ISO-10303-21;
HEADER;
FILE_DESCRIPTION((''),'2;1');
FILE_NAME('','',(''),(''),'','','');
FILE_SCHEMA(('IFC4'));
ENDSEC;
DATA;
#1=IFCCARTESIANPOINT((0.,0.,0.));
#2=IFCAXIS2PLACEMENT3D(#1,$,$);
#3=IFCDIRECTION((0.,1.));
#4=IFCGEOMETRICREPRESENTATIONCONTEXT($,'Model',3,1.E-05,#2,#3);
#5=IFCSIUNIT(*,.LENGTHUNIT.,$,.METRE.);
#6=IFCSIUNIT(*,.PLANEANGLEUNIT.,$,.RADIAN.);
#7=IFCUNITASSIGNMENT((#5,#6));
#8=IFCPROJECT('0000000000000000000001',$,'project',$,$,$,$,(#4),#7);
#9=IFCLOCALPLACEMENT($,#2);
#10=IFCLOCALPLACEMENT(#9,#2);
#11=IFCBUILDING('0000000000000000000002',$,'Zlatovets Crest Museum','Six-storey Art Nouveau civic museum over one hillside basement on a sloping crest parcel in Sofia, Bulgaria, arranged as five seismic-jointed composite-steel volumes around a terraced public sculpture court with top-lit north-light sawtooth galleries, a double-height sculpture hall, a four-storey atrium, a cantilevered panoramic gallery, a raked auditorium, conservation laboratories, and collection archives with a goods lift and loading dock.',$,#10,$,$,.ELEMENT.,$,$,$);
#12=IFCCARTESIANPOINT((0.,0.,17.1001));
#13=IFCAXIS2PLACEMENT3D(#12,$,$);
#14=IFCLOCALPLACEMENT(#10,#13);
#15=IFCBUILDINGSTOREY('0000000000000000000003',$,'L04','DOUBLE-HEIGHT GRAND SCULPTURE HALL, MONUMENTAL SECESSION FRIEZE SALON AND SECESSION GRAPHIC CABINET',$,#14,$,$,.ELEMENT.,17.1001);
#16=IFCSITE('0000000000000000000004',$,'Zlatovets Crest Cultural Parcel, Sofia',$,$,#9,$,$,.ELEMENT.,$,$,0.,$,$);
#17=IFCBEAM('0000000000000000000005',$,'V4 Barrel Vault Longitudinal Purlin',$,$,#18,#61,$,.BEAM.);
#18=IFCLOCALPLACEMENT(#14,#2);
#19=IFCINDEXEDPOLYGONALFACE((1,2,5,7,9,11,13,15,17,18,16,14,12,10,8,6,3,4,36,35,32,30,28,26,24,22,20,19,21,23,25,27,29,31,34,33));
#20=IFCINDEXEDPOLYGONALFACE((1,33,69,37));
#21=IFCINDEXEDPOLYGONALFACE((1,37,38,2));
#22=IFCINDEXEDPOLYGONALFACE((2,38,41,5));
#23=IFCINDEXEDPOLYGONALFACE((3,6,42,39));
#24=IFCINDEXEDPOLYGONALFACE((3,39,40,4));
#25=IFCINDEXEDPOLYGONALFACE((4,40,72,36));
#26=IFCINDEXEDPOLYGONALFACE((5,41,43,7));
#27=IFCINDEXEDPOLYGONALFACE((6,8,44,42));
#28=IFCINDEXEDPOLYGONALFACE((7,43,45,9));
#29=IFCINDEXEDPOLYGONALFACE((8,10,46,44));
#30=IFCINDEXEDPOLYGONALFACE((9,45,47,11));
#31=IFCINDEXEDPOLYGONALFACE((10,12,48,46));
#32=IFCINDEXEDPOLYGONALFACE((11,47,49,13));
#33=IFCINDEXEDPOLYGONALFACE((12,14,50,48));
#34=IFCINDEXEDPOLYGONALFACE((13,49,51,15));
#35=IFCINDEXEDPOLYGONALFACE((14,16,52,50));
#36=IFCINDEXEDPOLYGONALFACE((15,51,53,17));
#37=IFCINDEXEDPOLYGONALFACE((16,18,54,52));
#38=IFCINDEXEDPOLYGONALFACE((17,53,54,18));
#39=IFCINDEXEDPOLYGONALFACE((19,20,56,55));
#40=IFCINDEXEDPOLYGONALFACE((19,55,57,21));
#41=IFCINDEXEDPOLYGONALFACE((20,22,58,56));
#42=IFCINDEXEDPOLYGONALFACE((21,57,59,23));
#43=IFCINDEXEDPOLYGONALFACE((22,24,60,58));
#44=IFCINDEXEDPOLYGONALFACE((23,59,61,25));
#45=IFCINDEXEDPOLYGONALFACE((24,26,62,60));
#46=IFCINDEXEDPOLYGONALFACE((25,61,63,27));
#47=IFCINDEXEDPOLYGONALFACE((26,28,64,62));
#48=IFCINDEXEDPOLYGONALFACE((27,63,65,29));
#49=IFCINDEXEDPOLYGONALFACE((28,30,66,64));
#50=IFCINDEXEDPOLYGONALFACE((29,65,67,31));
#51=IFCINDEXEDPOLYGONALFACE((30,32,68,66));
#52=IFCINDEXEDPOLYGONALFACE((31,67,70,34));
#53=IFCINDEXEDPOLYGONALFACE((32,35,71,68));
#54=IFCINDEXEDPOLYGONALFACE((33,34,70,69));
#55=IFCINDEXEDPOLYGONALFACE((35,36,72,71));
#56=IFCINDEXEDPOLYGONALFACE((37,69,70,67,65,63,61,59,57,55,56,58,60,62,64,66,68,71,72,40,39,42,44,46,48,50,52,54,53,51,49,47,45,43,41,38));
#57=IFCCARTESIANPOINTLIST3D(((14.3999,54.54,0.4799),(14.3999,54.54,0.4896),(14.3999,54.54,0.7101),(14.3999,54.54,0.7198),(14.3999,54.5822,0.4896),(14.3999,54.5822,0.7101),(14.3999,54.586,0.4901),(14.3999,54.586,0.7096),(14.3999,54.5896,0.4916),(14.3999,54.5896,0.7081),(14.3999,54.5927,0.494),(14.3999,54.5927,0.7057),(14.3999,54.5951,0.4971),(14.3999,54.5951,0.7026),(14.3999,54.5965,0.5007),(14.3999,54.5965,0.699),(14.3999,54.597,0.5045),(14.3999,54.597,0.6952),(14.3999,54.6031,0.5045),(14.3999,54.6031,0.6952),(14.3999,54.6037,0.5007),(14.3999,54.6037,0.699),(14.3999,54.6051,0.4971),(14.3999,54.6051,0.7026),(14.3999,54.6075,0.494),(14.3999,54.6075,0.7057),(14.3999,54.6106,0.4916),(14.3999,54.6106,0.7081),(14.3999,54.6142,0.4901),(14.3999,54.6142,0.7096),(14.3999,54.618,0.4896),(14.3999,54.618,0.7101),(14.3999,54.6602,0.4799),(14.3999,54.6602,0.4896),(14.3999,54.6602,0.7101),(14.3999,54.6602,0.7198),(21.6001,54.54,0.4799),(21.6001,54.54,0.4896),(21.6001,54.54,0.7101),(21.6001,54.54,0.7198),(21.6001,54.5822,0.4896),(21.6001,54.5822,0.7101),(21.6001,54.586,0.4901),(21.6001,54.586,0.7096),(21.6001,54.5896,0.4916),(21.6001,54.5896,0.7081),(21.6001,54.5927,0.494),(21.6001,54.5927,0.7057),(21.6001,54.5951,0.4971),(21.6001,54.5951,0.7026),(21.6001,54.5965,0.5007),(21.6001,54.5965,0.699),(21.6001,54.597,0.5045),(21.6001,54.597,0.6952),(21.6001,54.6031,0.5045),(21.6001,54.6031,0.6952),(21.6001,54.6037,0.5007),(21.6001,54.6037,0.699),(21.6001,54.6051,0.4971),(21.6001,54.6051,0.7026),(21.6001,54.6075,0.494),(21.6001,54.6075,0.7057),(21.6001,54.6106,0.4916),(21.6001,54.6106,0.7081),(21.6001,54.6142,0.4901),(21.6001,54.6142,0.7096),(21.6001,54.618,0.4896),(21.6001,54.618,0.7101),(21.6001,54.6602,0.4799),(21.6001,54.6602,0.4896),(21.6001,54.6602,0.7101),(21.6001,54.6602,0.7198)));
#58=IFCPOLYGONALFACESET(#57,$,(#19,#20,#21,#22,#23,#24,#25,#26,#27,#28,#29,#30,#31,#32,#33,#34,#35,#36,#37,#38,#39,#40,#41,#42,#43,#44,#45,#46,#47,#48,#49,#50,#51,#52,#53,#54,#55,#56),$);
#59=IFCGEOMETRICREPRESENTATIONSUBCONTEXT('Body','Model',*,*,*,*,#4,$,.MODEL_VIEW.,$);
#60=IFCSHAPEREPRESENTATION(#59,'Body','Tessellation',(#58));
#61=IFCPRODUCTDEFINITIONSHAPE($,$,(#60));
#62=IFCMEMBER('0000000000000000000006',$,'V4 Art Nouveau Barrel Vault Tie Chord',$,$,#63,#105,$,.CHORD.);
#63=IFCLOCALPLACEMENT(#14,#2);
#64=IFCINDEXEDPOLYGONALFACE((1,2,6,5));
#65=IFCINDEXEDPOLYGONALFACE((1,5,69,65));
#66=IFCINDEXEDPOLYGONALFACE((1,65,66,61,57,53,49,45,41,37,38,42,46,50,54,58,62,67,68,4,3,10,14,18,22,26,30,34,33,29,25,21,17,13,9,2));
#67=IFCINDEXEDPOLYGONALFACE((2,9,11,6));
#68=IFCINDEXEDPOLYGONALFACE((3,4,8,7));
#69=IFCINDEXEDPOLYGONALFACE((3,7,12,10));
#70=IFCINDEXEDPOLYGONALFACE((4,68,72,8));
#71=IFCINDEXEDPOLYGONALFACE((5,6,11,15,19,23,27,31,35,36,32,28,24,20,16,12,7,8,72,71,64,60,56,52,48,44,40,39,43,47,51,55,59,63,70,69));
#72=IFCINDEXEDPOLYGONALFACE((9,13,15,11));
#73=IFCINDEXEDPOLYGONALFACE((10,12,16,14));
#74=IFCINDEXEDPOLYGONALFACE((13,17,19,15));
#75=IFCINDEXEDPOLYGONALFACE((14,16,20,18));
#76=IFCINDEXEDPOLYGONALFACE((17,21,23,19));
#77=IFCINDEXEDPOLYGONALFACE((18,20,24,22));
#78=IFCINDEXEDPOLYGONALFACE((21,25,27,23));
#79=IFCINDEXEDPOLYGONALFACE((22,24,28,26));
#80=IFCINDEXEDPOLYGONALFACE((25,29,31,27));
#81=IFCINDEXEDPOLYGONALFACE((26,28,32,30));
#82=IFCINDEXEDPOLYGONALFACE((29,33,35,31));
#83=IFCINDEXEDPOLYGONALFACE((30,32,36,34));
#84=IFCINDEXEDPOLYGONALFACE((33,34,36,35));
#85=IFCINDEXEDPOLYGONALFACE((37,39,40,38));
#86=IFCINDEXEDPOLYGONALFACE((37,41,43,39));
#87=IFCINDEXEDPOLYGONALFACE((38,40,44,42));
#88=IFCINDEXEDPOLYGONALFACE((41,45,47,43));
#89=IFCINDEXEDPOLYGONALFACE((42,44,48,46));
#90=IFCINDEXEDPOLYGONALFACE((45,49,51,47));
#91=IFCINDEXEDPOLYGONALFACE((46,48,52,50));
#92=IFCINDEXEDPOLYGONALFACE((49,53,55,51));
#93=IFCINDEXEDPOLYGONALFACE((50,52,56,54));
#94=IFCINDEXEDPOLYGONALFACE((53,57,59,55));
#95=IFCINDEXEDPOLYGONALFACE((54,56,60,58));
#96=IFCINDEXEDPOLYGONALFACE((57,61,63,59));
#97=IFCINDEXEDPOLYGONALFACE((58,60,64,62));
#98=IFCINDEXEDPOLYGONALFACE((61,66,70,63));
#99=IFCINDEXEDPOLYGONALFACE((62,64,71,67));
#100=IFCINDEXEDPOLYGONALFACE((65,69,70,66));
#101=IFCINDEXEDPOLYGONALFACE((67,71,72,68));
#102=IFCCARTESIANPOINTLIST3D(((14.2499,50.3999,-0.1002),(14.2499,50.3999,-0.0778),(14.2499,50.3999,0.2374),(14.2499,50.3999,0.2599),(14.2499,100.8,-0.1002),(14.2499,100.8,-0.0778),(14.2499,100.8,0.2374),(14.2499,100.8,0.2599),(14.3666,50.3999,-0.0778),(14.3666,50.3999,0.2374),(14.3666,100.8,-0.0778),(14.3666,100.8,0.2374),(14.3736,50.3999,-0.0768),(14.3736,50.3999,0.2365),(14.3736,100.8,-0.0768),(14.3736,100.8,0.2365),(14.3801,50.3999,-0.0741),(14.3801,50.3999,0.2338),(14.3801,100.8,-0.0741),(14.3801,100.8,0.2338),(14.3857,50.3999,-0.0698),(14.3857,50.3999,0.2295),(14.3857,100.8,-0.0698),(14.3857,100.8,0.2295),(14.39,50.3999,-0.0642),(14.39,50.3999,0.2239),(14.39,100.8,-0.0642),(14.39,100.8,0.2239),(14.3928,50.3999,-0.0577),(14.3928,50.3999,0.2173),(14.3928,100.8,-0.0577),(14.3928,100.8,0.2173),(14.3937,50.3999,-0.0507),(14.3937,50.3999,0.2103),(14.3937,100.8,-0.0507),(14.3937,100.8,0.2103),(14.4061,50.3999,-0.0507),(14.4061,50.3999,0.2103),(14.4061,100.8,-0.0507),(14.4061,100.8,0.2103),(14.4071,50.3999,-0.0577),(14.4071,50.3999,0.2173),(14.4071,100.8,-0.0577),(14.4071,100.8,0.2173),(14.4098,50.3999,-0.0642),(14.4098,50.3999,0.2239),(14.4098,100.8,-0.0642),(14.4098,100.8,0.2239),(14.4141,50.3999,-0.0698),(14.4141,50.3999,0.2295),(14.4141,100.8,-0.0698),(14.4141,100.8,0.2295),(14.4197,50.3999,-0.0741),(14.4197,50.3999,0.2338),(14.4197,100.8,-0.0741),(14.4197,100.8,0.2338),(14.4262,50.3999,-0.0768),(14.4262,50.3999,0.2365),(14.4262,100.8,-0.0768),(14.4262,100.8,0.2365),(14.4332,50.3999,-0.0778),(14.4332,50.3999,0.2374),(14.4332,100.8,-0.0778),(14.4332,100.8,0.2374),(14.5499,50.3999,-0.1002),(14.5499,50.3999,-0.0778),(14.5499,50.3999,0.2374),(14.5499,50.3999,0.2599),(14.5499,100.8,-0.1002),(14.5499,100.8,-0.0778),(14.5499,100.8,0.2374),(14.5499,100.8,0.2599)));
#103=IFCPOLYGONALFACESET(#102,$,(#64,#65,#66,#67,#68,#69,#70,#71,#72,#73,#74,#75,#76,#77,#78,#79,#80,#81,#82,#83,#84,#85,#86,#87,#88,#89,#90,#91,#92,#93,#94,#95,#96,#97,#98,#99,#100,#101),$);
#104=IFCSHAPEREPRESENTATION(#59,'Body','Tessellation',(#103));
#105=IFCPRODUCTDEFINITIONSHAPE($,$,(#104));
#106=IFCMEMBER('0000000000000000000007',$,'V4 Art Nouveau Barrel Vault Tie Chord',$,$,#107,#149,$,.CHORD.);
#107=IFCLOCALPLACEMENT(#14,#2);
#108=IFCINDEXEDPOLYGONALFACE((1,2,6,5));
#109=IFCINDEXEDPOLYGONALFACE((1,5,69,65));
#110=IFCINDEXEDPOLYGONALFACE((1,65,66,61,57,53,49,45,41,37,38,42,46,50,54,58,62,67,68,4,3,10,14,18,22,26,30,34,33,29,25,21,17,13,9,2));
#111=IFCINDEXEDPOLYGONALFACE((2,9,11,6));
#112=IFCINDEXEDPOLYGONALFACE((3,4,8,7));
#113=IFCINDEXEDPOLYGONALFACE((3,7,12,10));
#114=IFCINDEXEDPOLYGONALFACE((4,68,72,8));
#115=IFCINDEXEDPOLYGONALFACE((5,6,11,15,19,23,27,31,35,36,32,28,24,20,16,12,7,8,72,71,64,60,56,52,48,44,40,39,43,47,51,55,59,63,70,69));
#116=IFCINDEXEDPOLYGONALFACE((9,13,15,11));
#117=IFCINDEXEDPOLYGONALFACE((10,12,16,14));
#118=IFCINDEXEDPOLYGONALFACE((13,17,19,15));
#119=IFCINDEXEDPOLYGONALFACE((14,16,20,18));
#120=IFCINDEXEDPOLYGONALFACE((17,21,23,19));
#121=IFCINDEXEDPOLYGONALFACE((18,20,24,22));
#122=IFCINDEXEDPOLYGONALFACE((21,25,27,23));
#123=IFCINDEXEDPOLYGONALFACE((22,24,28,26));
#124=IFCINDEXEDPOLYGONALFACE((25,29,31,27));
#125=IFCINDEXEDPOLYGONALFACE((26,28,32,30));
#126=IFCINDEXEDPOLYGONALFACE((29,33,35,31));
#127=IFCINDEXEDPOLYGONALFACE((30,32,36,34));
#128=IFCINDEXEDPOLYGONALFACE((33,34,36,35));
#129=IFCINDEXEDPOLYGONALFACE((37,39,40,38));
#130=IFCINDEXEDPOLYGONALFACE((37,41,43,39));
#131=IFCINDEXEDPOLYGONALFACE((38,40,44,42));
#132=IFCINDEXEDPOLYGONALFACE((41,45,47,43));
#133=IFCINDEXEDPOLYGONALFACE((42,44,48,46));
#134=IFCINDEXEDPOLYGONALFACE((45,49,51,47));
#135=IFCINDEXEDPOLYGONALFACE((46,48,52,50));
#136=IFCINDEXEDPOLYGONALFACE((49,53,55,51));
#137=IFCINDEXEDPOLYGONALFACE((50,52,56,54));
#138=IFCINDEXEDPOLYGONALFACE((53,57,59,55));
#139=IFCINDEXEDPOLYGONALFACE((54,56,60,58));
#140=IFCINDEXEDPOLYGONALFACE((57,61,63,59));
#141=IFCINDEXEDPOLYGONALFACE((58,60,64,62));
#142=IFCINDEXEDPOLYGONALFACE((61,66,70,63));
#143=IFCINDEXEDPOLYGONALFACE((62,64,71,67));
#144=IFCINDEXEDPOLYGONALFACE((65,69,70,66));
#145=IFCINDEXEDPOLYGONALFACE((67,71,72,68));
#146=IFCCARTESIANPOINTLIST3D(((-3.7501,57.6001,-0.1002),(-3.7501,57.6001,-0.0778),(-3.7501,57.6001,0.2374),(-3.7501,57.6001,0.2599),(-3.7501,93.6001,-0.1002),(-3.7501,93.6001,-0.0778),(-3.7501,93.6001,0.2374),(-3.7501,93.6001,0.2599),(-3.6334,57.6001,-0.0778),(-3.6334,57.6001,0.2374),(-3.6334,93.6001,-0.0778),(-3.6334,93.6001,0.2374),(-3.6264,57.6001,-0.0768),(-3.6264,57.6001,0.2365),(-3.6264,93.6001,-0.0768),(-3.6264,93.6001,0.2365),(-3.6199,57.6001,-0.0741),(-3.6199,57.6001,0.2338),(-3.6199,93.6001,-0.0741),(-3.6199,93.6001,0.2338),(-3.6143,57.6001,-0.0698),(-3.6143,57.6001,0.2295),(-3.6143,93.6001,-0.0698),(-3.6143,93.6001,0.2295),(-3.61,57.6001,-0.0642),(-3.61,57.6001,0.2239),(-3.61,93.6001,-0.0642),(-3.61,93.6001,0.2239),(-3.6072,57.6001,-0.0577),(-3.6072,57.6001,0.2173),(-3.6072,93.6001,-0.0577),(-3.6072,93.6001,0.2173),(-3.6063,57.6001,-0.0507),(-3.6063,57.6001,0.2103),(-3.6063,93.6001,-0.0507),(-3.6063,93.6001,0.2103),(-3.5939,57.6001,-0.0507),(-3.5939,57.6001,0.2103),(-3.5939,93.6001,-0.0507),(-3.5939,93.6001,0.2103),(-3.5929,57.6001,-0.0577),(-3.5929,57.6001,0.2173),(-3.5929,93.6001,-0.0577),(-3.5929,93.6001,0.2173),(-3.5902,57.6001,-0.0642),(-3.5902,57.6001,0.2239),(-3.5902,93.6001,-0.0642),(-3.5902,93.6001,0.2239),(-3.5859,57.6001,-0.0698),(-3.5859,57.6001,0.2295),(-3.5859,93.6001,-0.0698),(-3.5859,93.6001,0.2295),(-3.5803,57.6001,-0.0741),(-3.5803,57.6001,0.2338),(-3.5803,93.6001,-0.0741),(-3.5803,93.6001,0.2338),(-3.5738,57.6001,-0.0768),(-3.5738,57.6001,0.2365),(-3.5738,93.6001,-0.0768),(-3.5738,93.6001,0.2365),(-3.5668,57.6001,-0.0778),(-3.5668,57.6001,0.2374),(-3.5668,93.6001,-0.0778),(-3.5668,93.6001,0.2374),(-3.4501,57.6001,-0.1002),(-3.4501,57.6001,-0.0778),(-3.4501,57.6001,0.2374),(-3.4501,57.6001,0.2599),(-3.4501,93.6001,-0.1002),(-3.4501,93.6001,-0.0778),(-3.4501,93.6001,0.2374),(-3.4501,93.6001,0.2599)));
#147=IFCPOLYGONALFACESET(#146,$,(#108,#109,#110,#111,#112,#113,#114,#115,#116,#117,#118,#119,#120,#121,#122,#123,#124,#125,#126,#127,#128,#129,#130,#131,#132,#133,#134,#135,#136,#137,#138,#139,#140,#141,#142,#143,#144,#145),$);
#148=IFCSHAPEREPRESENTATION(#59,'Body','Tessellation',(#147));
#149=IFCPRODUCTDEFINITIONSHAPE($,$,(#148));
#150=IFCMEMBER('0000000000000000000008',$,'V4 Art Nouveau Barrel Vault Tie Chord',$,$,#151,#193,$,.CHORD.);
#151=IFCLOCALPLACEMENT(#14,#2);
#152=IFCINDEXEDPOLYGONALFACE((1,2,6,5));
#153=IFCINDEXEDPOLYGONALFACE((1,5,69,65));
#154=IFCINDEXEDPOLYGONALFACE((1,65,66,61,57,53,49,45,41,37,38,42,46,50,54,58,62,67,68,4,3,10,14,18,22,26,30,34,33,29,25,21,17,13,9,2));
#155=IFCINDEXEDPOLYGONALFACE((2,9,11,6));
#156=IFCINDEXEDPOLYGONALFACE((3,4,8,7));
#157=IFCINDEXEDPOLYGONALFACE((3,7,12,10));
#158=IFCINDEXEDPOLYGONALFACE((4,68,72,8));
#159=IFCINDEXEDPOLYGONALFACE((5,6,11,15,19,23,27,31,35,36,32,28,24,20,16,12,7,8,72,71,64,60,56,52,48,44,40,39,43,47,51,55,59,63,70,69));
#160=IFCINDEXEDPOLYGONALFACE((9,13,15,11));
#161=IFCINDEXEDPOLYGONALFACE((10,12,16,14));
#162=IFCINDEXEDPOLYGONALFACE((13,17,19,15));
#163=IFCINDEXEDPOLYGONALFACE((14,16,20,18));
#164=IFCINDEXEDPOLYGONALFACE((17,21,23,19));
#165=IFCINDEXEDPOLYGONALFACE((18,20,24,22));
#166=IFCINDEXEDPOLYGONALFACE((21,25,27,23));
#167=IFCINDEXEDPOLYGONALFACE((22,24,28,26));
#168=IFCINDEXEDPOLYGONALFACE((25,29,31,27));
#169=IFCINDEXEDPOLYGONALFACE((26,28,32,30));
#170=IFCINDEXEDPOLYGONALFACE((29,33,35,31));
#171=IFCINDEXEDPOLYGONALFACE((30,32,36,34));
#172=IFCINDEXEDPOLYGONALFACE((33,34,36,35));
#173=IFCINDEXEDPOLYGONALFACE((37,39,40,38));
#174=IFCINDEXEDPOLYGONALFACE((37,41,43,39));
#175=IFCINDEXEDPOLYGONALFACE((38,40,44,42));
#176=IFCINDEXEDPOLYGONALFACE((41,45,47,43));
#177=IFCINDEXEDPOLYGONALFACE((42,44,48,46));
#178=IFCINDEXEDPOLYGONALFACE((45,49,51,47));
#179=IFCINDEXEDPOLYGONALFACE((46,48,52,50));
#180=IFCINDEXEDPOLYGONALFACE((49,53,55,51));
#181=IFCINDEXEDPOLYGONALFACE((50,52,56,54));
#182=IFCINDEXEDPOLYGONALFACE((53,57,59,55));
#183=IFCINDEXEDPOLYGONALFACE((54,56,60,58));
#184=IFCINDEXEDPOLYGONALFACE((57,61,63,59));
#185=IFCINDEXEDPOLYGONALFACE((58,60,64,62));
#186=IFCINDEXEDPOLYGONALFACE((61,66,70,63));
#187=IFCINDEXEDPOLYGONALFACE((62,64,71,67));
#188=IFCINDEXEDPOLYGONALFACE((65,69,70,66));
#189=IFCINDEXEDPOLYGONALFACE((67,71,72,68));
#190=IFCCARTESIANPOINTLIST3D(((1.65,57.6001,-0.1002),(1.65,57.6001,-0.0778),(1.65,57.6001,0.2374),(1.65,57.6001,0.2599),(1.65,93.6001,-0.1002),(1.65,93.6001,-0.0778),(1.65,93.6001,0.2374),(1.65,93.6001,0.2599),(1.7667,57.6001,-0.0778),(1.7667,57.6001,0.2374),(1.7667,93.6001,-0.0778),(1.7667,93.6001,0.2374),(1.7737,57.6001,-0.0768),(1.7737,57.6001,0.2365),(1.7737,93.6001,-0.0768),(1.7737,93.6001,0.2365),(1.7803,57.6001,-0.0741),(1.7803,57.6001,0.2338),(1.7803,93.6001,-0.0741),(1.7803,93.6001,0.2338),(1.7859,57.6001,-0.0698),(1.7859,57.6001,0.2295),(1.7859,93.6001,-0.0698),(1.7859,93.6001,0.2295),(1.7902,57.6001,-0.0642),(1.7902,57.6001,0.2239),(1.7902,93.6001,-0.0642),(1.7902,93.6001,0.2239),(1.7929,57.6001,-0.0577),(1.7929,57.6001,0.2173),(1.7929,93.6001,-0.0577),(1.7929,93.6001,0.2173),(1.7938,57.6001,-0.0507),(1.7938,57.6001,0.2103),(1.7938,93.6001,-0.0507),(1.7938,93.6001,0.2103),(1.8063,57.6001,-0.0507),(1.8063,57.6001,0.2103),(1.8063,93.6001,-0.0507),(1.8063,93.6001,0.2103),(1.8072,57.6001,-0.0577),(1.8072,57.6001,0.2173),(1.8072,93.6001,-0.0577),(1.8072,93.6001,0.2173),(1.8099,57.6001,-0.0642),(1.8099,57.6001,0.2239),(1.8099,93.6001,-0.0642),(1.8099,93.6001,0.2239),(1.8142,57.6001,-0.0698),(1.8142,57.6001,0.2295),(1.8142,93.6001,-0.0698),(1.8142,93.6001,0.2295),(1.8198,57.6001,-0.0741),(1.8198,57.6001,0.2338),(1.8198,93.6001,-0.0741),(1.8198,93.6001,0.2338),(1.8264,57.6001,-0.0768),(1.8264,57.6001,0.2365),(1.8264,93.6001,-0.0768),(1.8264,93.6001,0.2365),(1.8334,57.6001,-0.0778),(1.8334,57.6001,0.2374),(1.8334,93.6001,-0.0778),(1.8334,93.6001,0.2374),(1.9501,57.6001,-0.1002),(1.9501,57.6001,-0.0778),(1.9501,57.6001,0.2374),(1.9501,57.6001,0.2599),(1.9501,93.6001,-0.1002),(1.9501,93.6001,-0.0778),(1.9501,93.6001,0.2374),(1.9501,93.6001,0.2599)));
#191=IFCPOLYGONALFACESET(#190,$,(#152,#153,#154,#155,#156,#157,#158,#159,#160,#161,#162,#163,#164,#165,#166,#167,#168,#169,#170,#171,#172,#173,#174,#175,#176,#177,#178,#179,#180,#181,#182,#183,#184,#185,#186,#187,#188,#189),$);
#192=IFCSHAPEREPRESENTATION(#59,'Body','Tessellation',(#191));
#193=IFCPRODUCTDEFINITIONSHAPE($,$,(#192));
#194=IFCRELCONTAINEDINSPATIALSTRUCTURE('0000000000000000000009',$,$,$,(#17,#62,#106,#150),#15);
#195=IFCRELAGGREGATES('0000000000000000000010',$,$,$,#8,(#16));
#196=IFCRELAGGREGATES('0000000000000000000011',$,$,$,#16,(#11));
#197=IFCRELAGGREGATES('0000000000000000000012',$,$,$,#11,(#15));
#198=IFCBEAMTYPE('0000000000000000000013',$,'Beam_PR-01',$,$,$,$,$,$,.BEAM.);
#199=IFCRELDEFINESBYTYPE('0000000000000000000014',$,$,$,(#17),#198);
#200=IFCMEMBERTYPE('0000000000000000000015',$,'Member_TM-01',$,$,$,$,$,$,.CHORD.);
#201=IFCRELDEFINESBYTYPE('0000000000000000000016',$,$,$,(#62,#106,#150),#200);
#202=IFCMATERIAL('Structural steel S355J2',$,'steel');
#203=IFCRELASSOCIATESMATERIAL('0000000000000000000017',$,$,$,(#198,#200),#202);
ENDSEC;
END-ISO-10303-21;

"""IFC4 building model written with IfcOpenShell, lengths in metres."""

from ifc_helpers import new_model, si_unit, direction, frame, origin, origin_2d, place, context, subcontext, project, spatial, i_section, extrude, material, material_profile, profile_set, type_object, element, save


model = new_model("IFC4")

# Units and contexts
model_context = context("Model", 3, precision=1e-05, world=origin(), true_north=direction((0.0, 1.0)))
body_context = subcontext(model_context, "Body", "Model", "MODEL_VIEW")
ifc_project = project(units=[si_unit("LENGTHUNIT", "METRE"), si_unit("PLANEANGLEUNIT", "RADIAN")], contexts=[model_context])

# Site, building, storey
site_placement = place(None, origin())
site = spatial("IfcSite", under=ifc_project, at=site_placement, Name="Zlatovets Crest Cultural Parcel, Sofia", CompositionType="ELEMENT", RefElevation=0.0)
building_placement = place(site_placement, origin())
building = spatial("IfcBuilding", under=site, at=building_placement, Name="Zlatovets Crest Museum", Description="Six-storey Art Nouveau civic museum over one hillside basement on a sloping crest parcel in Sofia, Bulgaria, arranged as five seismic-jointed composite-steel volumes around a terraced public sculpture court with top-lit north-light sawtooth galleries, a double-height sculpture hall, a four-storey atrium, a cantilevered panoramic gallery, a raked auditorium, conservation laboratories, and collection archives with a goods lift and loading dock.", CompositionType="ELEMENT")
storey_placement = place(building_placement, frame((0.0, 0.0, 17.1001)))
storey = spatial("IfcBuildingStorey", under=building, at=storey_placement, Name="L04", Description="DOUBLE-HEIGHT GRAND SCULPTURE HALL, MONUMENTAL SECESSION FRIEZE SALON AND SECESSION GRAPHIC CABINET", CompositionType="ELEMENT", Elevation=17.1001)

# Beam
ifc_material_1 = material(Name="Structural steel S355J2", Category="steel")
ifc_material_profile_1 = material_profile(ifc_material_1, i_section(OverallWidth=0.1201, OverallDepth=0.24, WebThickness=0.0061, FlangeThickness=0.0098, FilletRadius=0.0149, at=origin_2d()), Name="IPE 240")
ifc_profile_set_1 = profile_set([ifc_material_profile_1], Name="Structural steel S355J2")
beam_type_1 = type_object("IfcBeamType", Name="Beam_PR-01", PredefinedType="BEAM", material=ifc_profile_set_1)
beam_1_placement = place(storey_placement, frame((14.3999, 54.6001, 0.5999), z_axis=(1.0, 0.0, 0.0), x_axis=(0.0, 1.0, 0.0)))
element("IfcBeam", 1, at=beam_1_placement, inside=storey, type_object=beam_type_1, Name="V4 Barrel Vault Longitudinal Purlin", PredefinedType="BEAM", context=body_context, shape_type="SweptSolid", body=[
    extrude(i_section(OverallWidth=0.1201, OverallDepth=0.24, WebThickness=0.0061, FlangeThickness=0.0098, FilletRadius=0.0149, at=origin_2d()), origin(), (0.0, 0.0, 1.0), 7.2002),
])

# Members
ifc_material_profile_2 = material_profile(ifc_material_1, i_section(OverallWidth=0.3, OverallDepth=0.3601, WebThickness=0.0125, FlangeThickness=0.0225, FilletRadius=0.0271, at=origin_2d()), Name="HEB 360")
ifc_profile_set_2 = profile_set([ifc_material_profile_2], Name="Structural steel S355J2")
member_type_1 = type_object("IfcMemberType", Name="Member_TM-01", PredefinedType="CHORD", material=ifc_profile_set_2)
member_1_placement = place(storey_placement, frame((14.3999, 50.3999, 0.0798), z_axis=(0.0, 1.0, 0.0), x_axis=(-1.0, 0.0, 0.0)))
element("IfcMember", 2, at=member_1_placement, inside=storey, type_object=member_type_1, Name="V4 Art Nouveau Barrel Vault Tie Chord", PredefinedType="CHORD", context=body_context, shape_type="SweptSolid", body=[
    extrude(i_section(OverallWidth=0.3, OverallDepth=0.3601, WebThickness=0.0125, FlangeThickness=0.0225, FilletRadius=0.0271, at=origin_2d()), origin(), (0.0, 0.0, 1.0), 50.4001),
])
for number, where, z_axis, x_axis, name in (
    (3, (-3.6001, 57.6001, 0.0798), (0.0, 1.0, 0.0), (-1.0, 0.0, 0.0), "V4 Art Nouveau Barrel Vault Tie Chord"),
    (4, (1.8, 57.6001, 0.0798), (0.0, 1.0, 0.0), (-1.0, 0.0, 0.0), "V4 Art Nouveau Barrel Vault Tie Chord"),
):
    element("IfcMember", number, at=place(storey_placement, frame(where, z_axis=z_axis, x_axis=x_axis)), inside=storey, type_object=member_type_1, Name=name, PredefinedType="CHORD", context=body_context, shape_type="SweptSolid", body=[
        extrude(i_section(OverallWidth=0.3, OverallDepth=0.3601, WebThickness=0.0125, FlangeThickness=0.0225, FilletRadius=0.0271, at=origin_2d()), origin(), (0.0, 0.0, 1.0), 36.0),
    ])

save(model, "model.ifc")
